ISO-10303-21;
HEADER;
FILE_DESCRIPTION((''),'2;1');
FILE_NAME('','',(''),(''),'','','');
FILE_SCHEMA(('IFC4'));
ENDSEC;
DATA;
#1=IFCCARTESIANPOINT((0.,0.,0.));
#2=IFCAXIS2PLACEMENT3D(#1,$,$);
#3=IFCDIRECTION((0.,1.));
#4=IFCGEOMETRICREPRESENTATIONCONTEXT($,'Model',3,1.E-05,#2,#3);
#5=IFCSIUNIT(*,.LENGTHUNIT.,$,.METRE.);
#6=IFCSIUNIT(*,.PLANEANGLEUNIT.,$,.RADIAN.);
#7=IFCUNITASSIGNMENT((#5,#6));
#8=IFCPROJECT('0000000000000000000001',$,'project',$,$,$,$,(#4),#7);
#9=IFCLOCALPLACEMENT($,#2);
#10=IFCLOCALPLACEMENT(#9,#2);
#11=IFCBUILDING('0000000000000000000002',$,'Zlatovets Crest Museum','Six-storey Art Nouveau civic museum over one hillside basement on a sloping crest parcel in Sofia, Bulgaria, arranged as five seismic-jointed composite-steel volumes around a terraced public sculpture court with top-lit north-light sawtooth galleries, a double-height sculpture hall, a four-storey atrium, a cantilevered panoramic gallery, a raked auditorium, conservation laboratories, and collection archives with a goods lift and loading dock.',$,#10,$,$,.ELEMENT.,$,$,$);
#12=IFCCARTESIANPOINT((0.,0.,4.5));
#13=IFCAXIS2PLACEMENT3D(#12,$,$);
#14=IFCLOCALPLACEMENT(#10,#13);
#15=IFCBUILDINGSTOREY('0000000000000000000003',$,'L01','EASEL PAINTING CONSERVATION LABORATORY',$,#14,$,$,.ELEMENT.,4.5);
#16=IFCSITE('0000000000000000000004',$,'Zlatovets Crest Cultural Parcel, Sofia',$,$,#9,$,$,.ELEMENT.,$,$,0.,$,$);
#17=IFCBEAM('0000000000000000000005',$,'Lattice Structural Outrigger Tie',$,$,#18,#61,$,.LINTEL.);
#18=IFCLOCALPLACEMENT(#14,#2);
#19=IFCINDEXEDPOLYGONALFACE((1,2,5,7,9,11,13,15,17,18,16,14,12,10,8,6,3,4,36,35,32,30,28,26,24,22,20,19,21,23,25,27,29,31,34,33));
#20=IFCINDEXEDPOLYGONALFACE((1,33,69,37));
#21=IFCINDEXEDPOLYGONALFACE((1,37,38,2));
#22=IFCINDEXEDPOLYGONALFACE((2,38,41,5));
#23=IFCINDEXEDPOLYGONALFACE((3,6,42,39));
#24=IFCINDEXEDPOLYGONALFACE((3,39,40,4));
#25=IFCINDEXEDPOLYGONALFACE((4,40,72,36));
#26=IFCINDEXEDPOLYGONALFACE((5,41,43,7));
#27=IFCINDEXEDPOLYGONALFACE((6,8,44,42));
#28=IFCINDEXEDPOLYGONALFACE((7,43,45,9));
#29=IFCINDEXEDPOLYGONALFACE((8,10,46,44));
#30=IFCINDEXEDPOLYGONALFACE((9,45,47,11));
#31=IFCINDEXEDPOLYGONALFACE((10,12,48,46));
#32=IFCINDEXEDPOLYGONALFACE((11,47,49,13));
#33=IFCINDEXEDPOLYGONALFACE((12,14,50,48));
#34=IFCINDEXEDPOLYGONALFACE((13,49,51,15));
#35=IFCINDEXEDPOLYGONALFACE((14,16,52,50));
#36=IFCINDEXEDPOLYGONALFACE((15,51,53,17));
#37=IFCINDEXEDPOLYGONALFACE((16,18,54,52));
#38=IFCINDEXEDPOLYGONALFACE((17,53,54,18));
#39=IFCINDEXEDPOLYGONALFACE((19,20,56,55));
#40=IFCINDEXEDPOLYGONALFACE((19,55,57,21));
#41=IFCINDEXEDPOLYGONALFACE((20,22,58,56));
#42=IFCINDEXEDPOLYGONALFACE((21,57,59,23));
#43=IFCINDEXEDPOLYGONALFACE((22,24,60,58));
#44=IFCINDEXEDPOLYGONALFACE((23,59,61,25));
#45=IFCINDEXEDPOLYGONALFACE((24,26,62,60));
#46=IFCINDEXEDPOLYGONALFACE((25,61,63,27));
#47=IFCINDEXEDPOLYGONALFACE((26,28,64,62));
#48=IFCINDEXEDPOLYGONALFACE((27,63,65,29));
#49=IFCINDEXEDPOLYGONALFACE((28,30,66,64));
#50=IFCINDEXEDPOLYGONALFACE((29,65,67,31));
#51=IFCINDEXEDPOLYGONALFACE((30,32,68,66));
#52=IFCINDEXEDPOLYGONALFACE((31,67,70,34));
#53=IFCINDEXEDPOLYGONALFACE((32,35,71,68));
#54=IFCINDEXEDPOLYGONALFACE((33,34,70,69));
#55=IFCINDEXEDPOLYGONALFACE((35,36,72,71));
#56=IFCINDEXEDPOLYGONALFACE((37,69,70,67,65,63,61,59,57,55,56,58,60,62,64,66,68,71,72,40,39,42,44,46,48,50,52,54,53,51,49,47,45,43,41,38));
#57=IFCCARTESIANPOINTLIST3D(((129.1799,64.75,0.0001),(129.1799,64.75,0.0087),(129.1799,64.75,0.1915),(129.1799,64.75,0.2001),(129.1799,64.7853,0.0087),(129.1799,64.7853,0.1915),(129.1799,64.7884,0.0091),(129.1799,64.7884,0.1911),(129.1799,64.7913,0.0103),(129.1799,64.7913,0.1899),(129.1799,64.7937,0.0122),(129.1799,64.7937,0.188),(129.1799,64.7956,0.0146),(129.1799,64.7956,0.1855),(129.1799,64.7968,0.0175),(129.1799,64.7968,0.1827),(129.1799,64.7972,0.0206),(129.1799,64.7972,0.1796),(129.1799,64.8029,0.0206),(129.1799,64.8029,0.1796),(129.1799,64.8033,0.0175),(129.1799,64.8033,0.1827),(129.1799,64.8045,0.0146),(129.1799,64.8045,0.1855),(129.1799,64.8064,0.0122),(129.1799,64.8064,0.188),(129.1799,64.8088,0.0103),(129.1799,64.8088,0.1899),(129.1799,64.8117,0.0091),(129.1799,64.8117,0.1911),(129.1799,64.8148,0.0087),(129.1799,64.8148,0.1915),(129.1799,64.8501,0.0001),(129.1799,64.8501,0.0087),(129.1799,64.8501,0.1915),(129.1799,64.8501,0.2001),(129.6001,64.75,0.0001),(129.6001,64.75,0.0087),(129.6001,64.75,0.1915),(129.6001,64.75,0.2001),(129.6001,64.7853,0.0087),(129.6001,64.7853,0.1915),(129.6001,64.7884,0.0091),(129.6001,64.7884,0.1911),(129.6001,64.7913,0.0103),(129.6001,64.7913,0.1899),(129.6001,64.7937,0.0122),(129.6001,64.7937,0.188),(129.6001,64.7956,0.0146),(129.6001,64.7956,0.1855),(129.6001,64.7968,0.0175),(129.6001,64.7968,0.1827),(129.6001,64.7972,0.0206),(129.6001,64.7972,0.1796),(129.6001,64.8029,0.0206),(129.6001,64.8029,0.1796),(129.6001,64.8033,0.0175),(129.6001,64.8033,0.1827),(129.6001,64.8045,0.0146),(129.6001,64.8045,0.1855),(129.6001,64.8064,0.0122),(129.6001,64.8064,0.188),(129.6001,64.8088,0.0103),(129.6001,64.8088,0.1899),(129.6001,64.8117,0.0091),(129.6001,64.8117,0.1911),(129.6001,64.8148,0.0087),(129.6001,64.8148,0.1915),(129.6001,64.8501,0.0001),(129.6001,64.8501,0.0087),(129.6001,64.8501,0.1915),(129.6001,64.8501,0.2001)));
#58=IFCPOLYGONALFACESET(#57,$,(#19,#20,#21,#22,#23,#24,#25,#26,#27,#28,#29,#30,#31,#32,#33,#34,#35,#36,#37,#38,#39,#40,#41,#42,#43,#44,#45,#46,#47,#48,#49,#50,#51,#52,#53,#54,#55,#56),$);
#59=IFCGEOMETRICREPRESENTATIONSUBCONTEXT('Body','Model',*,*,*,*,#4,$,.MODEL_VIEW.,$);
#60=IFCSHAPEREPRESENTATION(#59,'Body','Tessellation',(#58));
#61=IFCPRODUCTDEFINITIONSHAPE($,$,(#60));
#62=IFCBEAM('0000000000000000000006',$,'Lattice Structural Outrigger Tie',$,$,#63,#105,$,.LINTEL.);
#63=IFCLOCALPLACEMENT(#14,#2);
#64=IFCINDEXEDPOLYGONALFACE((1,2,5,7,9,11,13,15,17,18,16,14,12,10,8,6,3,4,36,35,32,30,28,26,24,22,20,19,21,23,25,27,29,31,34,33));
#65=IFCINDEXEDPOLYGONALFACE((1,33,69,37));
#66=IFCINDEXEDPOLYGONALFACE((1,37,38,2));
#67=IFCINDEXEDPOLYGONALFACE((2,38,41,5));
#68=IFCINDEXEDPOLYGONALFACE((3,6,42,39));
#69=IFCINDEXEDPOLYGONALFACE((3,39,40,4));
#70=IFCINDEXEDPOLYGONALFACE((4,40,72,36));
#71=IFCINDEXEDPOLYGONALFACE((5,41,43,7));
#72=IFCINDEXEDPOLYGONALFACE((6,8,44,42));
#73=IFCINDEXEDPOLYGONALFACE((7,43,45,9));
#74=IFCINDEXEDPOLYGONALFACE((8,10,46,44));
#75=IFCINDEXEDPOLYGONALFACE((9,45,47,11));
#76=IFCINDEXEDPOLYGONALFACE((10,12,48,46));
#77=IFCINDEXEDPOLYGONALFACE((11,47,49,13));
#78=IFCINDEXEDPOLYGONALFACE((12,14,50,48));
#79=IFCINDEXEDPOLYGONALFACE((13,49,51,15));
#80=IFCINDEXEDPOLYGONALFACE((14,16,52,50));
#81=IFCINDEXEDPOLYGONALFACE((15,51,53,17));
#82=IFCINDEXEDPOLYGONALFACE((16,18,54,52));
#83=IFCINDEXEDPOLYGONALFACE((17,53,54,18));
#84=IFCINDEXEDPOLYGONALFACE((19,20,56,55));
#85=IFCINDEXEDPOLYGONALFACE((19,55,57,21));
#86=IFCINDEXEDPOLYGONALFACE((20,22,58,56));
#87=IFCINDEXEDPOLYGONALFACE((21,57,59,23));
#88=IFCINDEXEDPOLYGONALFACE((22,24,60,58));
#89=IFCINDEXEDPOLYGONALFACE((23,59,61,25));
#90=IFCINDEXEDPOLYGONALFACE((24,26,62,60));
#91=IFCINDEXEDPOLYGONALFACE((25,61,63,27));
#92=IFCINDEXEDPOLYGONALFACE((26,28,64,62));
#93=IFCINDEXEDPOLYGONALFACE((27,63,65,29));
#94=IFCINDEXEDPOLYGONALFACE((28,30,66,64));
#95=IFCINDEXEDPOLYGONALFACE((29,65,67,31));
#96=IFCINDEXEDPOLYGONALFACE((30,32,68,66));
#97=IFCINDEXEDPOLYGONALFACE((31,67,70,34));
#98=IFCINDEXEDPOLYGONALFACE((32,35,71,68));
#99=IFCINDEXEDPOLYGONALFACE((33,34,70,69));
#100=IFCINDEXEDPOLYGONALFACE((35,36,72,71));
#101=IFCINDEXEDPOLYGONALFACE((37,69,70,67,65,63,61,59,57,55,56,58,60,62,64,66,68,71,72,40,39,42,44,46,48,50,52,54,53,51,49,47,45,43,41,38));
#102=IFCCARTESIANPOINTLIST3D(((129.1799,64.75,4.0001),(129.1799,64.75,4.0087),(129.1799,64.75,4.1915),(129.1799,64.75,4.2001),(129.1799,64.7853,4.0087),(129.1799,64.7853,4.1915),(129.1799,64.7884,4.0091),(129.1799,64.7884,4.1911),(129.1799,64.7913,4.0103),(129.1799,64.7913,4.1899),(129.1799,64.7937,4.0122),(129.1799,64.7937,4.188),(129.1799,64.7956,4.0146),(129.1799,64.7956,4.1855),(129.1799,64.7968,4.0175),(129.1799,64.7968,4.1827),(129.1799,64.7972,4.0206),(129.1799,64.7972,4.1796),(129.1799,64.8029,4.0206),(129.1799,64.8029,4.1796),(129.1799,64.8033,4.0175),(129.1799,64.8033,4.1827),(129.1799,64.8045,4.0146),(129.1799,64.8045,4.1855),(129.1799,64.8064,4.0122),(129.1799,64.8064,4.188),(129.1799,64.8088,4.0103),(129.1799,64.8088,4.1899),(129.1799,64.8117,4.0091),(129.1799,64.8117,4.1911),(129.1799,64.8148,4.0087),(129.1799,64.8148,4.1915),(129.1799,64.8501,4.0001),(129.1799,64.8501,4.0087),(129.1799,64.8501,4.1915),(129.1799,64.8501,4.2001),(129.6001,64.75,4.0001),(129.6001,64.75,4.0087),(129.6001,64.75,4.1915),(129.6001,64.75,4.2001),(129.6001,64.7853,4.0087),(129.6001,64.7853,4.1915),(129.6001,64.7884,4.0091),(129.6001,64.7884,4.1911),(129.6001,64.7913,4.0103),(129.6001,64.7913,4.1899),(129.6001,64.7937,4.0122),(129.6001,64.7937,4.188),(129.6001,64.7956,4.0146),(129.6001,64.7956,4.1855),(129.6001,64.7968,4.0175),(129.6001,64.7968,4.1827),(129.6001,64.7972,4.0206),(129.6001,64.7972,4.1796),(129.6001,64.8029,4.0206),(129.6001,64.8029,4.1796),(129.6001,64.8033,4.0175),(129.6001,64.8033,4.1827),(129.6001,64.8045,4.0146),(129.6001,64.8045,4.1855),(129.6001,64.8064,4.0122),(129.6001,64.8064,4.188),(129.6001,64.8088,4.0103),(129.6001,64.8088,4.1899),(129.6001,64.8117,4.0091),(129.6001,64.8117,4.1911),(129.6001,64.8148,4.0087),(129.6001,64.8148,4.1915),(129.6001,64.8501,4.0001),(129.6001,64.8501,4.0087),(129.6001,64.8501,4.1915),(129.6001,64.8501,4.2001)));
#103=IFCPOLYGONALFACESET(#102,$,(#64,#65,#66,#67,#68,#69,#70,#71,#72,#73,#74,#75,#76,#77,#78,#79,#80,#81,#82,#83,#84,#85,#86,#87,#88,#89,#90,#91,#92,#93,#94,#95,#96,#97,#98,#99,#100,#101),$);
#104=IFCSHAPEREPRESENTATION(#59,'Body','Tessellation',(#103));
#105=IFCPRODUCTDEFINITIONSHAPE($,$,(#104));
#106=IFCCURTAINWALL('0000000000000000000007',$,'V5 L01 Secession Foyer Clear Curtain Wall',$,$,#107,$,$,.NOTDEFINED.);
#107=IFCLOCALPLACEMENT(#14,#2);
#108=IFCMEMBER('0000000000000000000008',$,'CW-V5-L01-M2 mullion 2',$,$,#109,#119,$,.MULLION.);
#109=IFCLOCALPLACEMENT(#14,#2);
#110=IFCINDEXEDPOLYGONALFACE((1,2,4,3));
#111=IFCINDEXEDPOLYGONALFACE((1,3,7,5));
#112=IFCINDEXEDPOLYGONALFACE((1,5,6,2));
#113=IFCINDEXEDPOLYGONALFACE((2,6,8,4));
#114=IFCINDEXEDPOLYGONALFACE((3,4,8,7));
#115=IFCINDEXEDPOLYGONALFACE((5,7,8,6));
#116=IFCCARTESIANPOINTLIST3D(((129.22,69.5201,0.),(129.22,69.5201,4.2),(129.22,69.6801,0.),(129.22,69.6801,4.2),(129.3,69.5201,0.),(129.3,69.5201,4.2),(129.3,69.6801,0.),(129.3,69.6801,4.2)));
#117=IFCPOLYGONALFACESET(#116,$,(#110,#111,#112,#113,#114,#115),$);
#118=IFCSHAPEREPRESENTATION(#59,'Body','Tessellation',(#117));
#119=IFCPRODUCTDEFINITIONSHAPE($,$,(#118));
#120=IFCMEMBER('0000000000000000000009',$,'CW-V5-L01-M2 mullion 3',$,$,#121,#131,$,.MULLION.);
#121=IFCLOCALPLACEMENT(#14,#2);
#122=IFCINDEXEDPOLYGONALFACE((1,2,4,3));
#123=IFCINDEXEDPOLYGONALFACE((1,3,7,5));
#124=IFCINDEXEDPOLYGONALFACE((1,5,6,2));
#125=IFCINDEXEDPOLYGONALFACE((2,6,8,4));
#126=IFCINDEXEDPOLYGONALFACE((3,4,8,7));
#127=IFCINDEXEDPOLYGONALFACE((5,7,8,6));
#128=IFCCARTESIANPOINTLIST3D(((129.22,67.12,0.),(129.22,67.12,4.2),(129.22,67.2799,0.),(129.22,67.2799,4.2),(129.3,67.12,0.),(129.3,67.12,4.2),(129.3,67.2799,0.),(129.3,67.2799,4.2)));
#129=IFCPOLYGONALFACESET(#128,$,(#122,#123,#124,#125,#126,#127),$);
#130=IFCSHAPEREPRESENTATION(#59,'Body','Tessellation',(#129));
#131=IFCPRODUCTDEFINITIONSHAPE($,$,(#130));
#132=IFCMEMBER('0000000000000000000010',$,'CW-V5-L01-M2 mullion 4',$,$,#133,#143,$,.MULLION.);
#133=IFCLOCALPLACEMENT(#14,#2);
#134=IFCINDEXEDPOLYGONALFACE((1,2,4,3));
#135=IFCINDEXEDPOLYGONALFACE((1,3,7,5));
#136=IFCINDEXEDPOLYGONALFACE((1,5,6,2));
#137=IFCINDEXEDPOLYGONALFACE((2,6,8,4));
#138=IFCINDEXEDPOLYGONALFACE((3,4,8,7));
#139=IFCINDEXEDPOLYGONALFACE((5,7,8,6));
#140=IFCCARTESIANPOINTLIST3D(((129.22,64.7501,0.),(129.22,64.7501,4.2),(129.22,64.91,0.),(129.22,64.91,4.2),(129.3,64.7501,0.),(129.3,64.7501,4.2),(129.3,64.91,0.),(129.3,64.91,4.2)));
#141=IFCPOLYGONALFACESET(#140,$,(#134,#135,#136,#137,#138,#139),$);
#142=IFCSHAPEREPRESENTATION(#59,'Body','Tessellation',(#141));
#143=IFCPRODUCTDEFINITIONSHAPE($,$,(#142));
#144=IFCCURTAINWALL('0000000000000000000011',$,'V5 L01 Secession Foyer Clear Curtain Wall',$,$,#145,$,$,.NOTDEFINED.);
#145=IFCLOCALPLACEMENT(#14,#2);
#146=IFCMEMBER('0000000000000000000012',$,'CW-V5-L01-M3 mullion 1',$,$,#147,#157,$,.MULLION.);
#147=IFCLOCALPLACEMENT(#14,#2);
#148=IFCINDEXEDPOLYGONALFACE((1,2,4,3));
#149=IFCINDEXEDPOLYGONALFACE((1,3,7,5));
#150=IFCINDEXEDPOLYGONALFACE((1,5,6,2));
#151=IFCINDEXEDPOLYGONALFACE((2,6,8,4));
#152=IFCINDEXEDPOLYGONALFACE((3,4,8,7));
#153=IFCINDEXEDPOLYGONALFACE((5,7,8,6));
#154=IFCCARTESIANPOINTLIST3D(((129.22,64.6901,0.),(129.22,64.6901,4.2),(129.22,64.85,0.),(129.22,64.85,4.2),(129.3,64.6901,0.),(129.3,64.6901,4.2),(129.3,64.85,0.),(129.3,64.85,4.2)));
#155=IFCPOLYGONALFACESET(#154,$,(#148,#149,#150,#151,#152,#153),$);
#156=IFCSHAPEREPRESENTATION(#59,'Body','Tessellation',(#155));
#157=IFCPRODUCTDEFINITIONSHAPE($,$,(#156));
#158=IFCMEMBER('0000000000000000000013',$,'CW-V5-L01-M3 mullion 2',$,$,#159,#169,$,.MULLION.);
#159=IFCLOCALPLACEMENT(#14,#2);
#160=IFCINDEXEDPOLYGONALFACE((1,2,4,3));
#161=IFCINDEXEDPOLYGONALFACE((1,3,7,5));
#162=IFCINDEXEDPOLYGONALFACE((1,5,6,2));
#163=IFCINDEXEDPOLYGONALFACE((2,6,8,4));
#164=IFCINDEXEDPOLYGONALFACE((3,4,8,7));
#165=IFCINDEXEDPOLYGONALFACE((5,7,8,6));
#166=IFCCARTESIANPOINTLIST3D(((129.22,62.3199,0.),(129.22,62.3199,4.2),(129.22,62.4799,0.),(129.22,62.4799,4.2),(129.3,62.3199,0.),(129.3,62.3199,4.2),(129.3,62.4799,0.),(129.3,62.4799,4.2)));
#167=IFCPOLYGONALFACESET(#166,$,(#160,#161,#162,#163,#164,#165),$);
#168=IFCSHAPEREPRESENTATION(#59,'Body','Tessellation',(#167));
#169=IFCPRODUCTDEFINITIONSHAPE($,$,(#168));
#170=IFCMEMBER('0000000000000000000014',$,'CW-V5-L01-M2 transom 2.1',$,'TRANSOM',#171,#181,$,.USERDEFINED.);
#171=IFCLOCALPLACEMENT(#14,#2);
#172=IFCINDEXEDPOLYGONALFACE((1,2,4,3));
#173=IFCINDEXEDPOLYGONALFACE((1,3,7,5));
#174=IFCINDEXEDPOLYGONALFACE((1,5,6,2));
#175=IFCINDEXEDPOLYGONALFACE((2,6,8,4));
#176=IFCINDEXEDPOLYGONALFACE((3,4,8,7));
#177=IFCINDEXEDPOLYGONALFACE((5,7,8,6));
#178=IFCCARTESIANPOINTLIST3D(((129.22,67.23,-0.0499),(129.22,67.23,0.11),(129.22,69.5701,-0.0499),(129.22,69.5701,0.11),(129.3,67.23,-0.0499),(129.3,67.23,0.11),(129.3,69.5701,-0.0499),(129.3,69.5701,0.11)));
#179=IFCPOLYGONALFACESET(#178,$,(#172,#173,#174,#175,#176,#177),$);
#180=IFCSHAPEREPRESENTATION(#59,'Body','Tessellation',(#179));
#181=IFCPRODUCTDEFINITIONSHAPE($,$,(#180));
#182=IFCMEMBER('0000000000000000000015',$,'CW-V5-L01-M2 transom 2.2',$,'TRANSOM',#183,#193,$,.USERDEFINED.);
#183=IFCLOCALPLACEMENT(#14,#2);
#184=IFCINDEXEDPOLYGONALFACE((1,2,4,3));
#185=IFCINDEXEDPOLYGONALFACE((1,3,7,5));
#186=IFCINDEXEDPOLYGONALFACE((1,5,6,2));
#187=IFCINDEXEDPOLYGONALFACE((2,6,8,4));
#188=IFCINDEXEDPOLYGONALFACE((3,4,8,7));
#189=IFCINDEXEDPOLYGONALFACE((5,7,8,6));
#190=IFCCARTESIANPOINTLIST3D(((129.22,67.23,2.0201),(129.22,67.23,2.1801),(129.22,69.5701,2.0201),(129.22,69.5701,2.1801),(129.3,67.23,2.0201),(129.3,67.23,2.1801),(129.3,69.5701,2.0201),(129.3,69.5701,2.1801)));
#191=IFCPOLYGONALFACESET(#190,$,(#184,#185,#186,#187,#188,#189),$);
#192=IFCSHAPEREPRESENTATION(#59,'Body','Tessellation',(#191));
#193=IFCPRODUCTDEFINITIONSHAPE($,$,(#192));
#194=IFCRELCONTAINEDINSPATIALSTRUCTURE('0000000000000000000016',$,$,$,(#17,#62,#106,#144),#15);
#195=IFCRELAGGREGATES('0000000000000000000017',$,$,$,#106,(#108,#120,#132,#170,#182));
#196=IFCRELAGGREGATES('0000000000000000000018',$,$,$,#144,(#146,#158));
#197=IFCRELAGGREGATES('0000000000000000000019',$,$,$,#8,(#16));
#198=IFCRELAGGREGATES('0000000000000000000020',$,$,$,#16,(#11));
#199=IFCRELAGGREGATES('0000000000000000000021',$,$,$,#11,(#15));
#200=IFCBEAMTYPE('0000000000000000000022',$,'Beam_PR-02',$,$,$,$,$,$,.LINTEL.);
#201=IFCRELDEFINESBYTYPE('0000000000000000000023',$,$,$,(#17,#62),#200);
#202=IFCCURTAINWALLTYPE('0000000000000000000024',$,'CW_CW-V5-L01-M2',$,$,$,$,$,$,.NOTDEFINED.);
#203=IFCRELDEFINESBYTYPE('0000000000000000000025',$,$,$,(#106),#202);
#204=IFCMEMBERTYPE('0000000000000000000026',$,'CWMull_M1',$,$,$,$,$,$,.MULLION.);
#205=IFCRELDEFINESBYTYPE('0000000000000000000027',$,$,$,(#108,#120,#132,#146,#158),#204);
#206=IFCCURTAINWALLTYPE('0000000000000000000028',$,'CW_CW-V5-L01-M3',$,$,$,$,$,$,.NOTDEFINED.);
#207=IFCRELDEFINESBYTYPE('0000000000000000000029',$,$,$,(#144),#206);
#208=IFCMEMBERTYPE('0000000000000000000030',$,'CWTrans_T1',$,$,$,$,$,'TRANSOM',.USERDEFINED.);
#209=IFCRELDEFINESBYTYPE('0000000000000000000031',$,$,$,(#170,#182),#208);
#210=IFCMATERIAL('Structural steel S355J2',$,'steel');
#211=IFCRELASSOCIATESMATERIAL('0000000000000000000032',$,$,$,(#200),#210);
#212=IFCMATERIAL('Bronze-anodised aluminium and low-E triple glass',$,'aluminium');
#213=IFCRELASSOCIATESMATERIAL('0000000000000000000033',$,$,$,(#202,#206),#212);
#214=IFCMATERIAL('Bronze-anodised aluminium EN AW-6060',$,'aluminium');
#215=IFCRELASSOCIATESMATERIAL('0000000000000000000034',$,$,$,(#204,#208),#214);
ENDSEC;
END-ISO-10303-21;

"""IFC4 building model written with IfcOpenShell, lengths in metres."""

from ifc_helpers import new_model, si_unit, direction, frame, origin, origin_2d, place, context, subcontext, project, spatial, rectangle, i_section, extrude, material, material_profile, profile_set, type_object, element, aggregate, save


model = new_model("IFC4")

# Units and contexts
model_context = context("Model", 3, precision=1e-05, world=origin(), true_north=direction((0.0, 1.0)))
body_context = subcontext(model_context, "Body", "Model", "MODEL_VIEW")
ifc_project = project(units=[si_unit("LENGTHUNIT", "METRE"), si_unit("PLANEANGLEUNIT", "RADIAN")], contexts=[model_context])

# Site, building, storey
site_placement = place(None, origin())
site = spatial("IfcSite", under=ifc_project, at=site_placement, Name="Zlatovets Crest Cultural Parcel, Sofia", CompositionType="ELEMENT", RefElevation=0.0)
building_placement = place(site_placement, origin())
building = spatial("IfcBuilding", under=site, at=building_placement, Name="Zlatovets Crest Museum", Description="Six-storey Art Nouveau civic museum over one hillside basement on a sloping crest parcel in Sofia, Bulgaria, arranged as five seismic-jointed composite-steel volumes around a terraced public sculpture court with top-lit north-light sawtooth galleries, a double-height sculpture hall, a four-storey atrium, a cantilevered panoramic gallery, a raked auditorium, conservation laboratories, and collection archives with a goods lift and loading dock.", CompositionType="ELEMENT")
storey_placement = place(building_placement, frame((0.0, 0.0, 4.5)))
storey = spatial("IfcBuildingStorey", under=building, at=storey_placement, Name="L01", Description="EASEL PAINTING CONSERVATION LABORATORY", CompositionType="ELEMENT", Elevation=4.5)

# Shared definitions
ifc_material_1 = material(Name="Structural steel S355J2", Category="steel")

# Beams
ifc_material_profile_1 = material_profile(ifc_material_1, i_section(OverallWidth=0.1001, OverallDepth=0.2, WebThickness=0.0056, FlangeThickness=0.0085, FilletRadius=0.012, at=origin_2d()), Name="IPE 200")
ifc_profile_set_1 = profile_set([ifc_material_profile_1], Name="Structural steel S355J2")
beam_type_1 = type_object("IfcBeamType", Name="Beam_PR-02", PredefinedType="LINTEL", material=ifc_profile_set_1)
for number, where, z_axis, x_axis, name in (
    (1, (129.6001, 64.8, 0.1001), (-1.0, 0.0, 0.0), (0.0, -1.0, 0.0), "Lattice Structural Outrigger Tie"),
    (2, (129.6001, 64.8, 4.1001), (-1.0, 0.0, 0.0), (0.0, -1.0, 0.0), "Lattice Structural Outrigger Tie"),
):
    element("IfcBeam", number, at=place(storey_placement, frame(where, z_axis=z_axis, x_axis=x_axis)), inside=storey, type_object=beam_type_1, Name=name, PredefinedType="LINTEL", context=body_context, shape_type="SweptSolid", body=[
        extrude(i_section(OverallWidth=0.1001, OverallDepth=0.2, WebThickness=0.0056, FlangeThickness=0.0085, FilletRadius=0.012, at=origin_2d()), origin(), (0.0, 0.0, 1.0), 0.4202),
    ])

# Curtain walls, members
ifc_material_2 = material(Name="Bronze-anodised aluminium and low-E triple glass", Category="aluminium")
curtain_wall_type_1 = type_object("IfcCurtainWallType", Name="CW_CW-V5-L01-M2", PredefinedType="NOTDEFINED", material=ifc_material_2)
curtain_wall_1_placement = place(storey_placement, origin())
curtain_wall_1 = element("IfcCurtainWall", 3, at=curtain_wall_1_placement, inside=storey, type_object=curtain_wall_type_1, Name="V5 L01 Secession Foyer Clear Curtain Wall", PredefinedType="NOTDEFINED")
ifc_material_3 = material(Name="Bronze-anodised aluminium EN AW-6060", Category="aluminium")
ifc_material_profile_2 = material_profile(ifc_material_3, rectangle(XDim=0.0801, YDim=0.1599, at=origin_2d()), Name="ALU 80x160")
ifc_profile_set_2 = profile_set([ifc_material_profile_2], Name="Bronze-anodised aluminium EN AW-6060")
member_type_1 = type_object("IfcMemberType", Name="CWMull_M1", PredefinedType="MULLION", material=ifc_profile_set_2)
member_1_placement = place(storey_placement, frame((129.26, 69.6001, 0.0), z_axis=(0.0, 0.0, 1.0), x_axis=(1.0, 0.0, 0.0)))
member_1 = element("IfcMember", 4, at=member_1_placement, type_object=member_type_1, Name="CW-V5-L01-M2 mullion 2", PredefinedType="MULLION", context=body_context, shape_type="SweptSolid", body=[
    extrude(rectangle(XDim=0.0801, YDim=0.1599, at=origin_2d()), origin(), (0.0, 0.0, 1.0), 4.2),
])
member_2_placement = place(storey_placement, frame((129.26, 67.2, 0.0), z_axis=(0.0, 0.0, 1.0), x_axis=(1.0, 0.0, 0.0)))
member_2 = element("IfcMember", 5, at=member_2_placement, type_object=member_type_1, Name="CW-V5-L01-M2 mullion 3", PredefinedType="MULLION", context=body_context, shape_type="SweptSolid", body=[
    extrude(rectangle(XDim=0.0801, YDim=0.1599, at=origin_2d()), origin(), (0.0, 0.0, 1.0), 4.2),
])
member_3_placement = place(storey_placement, frame((129.26, 64.8301, 0.0), z_axis=(0.0, 0.0, 1.0), x_axis=(1.0, 0.0, 0.0)))
member_3 = element("IfcMember", 6, at=member_3_placement, type_object=member_type_1, Name="CW-V5-L01-M2 mullion 4", PredefinedType="MULLION", context=body_context, shape_type="SweptSolid", body=[
    extrude(rectangle(XDim=0.0801, YDim=0.1599, at=origin_2d()), origin(), (0.0, 0.0, 1.0), 4.2),
])
curtain_wall_type_2 = type_object("IfcCurtainWallType", Name="CW_CW-V5-L01-M3", PredefinedType="NOTDEFINED", material=ifc_material_2)
curtain_wall_2_placement = place(storey_placement, origin())
curtain_wall_2 = element("IfcCurtainWall", 7, at=curtain_wall_2_placement, inside=storey, type_object=curtain_wall_type_2, Name="V5 L01 Secession Foyer Clear Curtain Wall", PredefinedType="NOTDEFINED")
member_4_placement = place(storey_placement, frame((129.26, 64.77, 0.0), z_axis=(0.0, 0.0, 1.0), x_axis=(1.0, 0.0, 0.0)))
member_4 = element("IfcMember", 8, at=member_4_placement, type_object=member_type_1, Name="CW-V5-L01-M3 mullion 1", PredefinedType="MULLION", context=body_context, shape_type="SweptSolid", body=[
    extrude(rectangle(XDim=0.0801, YDim=0.1599, at=origin_2d()), origin(), (0.0, 0.0, 1.0), 4.2),
])
member_5_placement = place(storey_placement, frame((129.26, 62.3999, 0.0), z_axis=(0.0, 0.0, 1.0), x_axis=(1.0, 0.0, 0.0)))
member_5 = element("IfcMember", 9, at=member_5_placement, type_object=member_type_1, Name="CW-V5-L01-M3 mullion 2", PredefinedType="MULLION", context=body_context, shape_type="SweptSolid", body=[
    extrude(rectangle(XDim=0.0801, YDim=0.1599, at=origin_2d()), origin(), (0.0, 0.0, 1.0), 4.2),
])

# Members
ifc_material_profile_3 = material_profile(ifc_material_3, rectangle(XDim=0.0801, YDim=0.1599, at=origin_2d()), Name="ALU 80x160")
ifc_profile_set_3 = profile_set([ifc_material_profile_3], Name="Bronze-anodised aluminium EN AW-6060")
member_type_2 = type_object("IfcMemberType", Name="CWTrans_T1", ElementType="TRANSOM", PredefinedType="USERDEFINED", material=ifc_profile_set_3)
member_6_placement = place(storey_placement, frame((129.26, 69.5701, 0.03), z_axis=(0.0, -1.0, 0.0), x_axis=(1.0, 0.0, 0.0)))
member_6 = element("IfcMember", 10, at=member_6_placement, type_object=member_type_2, Name="CW-V5-L01-M2 transom 2.1", ObjectType="TRANSOM", PredefinedType="USERDEFINED", context=body_context, shape_type="SweptSolid", body=[
    extrude(rectangle(XDim=0.0801, YDim=0.1599, at=origin_2d()), origin(), (0.0, 0.0, 1.0), 2.3401),
])
member_7_placement = place(storey_placement, frame((129.26, 69.5701, 2.1001), z_axis=(0.0, -1.0, 0.0), x_axis=(1.0, 0.0, 0.0)))
member_7 = element("IfcMember", 11, at=member_7_placement, type_object=member_type_2, Name="CW-V5-L01-M2 transom 2.2", ObjectType="TRANSOM", PredefinedType="USERDEFINED", context=body_context, shape_type="SweptSolid", body=[
    extrude(rectangle(XDim=0.0801, YDim=0.1599, at=origin_2d()), origin(), (0.0, 0.0, 1.0), 2.3401),
])

aggregate(curtain_wall_1, [member_1, member_2, member_3, member_6, member_7])
aggregate(curtain_wall_2, [member_4, member_5])

save(model, "model.ifc")
